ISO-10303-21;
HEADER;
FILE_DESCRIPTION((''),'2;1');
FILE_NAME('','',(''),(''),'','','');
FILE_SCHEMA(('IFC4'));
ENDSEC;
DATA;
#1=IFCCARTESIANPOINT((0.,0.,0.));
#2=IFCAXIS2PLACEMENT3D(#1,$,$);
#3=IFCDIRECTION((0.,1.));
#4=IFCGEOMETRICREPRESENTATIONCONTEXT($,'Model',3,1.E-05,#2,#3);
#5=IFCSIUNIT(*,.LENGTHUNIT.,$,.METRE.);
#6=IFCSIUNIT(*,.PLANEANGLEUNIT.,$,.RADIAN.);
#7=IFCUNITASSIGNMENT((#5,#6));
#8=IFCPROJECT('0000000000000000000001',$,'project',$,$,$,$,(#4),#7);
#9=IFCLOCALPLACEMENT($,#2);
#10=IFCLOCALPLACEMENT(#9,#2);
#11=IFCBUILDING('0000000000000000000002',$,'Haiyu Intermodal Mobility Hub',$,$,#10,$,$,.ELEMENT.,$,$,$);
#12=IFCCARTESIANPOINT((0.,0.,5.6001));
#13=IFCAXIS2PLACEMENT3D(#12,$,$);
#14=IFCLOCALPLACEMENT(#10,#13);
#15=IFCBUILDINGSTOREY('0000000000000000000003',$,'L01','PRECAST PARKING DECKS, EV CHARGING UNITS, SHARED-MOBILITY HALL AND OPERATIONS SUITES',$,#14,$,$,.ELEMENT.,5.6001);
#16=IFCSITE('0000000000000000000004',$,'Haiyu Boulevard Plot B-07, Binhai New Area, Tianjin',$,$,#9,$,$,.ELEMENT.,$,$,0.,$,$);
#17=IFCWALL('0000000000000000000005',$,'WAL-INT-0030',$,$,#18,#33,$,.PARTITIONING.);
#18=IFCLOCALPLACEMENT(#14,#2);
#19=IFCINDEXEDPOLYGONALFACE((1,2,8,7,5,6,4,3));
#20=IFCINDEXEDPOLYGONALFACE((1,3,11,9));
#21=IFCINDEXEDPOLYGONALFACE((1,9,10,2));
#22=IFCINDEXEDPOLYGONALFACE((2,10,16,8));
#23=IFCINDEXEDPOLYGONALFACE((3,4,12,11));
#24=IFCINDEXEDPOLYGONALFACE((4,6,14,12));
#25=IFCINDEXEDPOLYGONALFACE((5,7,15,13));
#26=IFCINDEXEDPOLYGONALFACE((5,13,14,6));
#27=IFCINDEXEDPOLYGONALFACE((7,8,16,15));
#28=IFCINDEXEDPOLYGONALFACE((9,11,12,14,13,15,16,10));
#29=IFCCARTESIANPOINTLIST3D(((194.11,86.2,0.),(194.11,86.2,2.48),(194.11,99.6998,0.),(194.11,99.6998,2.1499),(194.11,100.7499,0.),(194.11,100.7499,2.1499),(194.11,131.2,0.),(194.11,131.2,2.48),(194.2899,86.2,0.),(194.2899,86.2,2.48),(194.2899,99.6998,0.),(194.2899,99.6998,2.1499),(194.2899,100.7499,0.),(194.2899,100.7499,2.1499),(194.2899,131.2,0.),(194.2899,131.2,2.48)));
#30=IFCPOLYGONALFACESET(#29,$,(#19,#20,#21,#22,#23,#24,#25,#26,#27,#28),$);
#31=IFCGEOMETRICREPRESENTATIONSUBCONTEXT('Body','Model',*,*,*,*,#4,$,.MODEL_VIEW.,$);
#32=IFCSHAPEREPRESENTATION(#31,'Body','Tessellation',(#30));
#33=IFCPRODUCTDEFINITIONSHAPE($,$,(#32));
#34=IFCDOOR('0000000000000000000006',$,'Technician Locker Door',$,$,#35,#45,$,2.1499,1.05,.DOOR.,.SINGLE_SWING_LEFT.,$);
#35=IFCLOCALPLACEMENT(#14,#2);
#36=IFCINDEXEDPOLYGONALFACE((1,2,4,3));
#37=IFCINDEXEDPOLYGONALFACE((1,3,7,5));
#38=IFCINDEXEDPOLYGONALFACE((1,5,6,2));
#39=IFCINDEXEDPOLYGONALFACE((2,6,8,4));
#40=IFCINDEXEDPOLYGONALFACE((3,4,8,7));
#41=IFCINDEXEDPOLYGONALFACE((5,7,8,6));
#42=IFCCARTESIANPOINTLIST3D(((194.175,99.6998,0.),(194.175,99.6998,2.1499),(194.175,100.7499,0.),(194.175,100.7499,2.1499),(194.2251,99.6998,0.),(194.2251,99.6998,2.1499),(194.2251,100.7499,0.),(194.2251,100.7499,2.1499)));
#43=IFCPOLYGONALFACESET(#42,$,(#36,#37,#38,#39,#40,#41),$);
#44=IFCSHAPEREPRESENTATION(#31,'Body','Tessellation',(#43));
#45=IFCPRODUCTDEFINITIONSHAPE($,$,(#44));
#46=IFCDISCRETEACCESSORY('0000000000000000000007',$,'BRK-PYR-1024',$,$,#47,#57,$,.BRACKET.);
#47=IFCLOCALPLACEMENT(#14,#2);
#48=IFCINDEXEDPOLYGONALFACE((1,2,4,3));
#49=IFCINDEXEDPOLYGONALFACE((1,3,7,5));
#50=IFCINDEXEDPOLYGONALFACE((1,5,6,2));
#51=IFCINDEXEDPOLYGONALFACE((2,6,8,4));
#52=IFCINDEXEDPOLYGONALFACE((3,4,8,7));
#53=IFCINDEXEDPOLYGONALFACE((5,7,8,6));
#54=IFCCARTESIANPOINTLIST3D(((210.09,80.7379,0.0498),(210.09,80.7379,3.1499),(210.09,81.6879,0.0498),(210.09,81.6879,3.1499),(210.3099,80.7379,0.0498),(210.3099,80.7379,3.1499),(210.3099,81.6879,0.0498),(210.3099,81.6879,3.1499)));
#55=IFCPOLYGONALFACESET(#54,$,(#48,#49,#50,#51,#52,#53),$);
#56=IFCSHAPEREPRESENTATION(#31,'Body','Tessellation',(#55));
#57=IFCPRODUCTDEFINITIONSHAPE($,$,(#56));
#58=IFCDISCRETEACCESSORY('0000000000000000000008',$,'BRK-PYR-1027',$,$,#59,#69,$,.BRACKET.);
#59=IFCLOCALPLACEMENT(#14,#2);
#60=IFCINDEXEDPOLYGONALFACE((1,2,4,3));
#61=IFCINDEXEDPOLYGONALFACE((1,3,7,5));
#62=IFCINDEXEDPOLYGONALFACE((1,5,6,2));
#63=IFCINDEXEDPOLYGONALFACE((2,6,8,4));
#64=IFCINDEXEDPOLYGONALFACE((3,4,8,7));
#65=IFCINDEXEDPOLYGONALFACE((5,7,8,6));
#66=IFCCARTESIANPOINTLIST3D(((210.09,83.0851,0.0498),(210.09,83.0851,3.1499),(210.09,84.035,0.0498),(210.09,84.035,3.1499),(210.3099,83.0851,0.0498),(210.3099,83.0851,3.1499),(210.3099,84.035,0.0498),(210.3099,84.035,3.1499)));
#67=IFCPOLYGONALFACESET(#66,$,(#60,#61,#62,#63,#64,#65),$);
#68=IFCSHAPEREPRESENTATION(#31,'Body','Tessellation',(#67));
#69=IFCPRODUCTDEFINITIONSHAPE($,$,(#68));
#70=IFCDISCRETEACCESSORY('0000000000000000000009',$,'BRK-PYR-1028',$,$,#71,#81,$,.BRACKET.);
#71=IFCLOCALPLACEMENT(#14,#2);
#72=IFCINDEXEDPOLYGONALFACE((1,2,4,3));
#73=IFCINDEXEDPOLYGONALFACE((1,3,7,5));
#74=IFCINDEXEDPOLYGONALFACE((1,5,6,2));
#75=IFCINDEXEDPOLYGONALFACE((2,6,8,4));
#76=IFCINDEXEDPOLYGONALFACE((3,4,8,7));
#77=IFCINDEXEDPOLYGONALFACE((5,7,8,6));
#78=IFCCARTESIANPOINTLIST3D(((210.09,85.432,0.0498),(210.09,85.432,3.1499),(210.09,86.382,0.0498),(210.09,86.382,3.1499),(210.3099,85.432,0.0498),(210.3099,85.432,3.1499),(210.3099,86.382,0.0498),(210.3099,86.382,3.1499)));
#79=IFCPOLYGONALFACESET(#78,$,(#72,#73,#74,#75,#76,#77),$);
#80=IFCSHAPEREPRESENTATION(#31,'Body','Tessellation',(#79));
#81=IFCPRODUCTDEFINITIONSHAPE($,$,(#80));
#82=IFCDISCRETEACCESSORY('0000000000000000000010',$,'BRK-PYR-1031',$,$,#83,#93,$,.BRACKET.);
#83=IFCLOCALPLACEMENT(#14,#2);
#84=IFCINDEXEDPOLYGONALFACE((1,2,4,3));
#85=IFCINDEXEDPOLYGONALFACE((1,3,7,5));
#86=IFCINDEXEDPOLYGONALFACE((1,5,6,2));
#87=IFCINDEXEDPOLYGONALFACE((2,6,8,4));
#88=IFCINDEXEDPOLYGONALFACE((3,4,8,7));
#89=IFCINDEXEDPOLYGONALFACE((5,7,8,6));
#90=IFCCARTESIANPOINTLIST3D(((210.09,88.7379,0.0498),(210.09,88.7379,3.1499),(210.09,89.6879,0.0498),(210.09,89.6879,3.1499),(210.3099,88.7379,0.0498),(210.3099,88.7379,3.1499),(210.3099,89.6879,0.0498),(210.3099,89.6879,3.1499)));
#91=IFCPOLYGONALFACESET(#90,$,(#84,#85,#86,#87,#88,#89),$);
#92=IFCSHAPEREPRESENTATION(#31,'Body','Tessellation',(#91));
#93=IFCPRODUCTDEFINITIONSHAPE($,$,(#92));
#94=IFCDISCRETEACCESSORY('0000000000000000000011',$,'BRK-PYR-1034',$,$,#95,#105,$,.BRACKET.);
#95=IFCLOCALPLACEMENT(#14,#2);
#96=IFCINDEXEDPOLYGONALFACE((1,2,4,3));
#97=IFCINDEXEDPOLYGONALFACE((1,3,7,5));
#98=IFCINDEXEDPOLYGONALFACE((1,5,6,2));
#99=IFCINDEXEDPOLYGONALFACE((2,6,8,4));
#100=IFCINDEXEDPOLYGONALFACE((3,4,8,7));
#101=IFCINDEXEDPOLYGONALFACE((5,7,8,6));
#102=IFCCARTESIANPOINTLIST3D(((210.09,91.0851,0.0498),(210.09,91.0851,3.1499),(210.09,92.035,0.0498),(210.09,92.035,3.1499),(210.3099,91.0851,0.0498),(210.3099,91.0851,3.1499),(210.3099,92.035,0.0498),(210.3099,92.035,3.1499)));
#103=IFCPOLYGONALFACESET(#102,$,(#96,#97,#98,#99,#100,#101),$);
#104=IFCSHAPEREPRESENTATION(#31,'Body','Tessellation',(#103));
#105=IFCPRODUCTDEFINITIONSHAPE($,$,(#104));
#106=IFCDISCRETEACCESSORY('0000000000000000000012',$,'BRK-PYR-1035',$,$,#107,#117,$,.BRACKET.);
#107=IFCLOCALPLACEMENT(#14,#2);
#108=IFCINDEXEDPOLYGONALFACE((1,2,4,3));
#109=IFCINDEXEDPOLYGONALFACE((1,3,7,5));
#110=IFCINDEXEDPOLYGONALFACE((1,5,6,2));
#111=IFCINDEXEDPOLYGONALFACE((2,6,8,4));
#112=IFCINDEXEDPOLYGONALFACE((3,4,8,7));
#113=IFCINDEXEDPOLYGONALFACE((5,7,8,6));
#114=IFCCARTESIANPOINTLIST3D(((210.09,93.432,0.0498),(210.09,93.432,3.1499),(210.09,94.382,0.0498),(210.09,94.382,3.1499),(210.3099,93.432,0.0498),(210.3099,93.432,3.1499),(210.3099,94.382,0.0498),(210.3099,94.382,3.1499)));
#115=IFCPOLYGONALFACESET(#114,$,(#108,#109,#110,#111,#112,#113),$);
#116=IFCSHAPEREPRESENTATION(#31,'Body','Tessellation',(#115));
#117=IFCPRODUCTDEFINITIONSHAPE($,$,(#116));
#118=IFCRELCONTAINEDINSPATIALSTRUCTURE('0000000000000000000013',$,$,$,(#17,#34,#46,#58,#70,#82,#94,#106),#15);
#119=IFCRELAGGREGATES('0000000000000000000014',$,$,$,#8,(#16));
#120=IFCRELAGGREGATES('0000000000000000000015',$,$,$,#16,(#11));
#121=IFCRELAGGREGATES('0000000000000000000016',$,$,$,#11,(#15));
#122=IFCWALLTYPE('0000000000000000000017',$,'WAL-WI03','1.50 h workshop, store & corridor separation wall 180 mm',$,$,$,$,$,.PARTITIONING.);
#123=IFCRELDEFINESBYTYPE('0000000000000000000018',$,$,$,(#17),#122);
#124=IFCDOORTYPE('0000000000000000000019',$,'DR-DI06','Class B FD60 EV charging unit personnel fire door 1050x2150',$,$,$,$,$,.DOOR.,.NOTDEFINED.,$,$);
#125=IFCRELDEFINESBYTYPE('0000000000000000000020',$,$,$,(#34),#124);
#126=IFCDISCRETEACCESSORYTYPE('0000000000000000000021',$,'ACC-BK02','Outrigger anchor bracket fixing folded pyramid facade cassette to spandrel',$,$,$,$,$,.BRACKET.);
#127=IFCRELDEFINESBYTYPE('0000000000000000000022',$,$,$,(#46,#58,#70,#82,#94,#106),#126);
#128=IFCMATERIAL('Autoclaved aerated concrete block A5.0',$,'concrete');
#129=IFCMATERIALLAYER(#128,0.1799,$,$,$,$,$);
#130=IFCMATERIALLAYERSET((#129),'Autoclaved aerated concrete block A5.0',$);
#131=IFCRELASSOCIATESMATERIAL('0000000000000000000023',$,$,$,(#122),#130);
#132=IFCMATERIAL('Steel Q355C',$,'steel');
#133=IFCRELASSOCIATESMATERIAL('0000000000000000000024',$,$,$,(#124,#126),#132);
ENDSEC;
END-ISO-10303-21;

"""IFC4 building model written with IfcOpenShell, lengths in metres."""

from ifc_helpers import new_model, si_unit, direction, frame, frame_2d, origin, origin_2d, place, context, subcontext, project, spatial, rectangle, extrude, material, layer, layer_set, type_object, element, fill, save


model = new_model("IFC4")

# Units and contexts
model_context = context("Model", 3, precision=1e-05, world=origin(), true_north=direction((0.0, 1.0)))
body_context = subcontext(model_context, "Body", "Model", "MODEL_VIEW")
ifc_project = project(units=[si_unit("LENGTHUNIT", "METRE"), si_unit("PLANEANGLEUNIT", "RADIAN")], contexts=[model_context])

# Site, building, storey
site_placement = place(None, origin())
site = spatial("IfcSite", under=ifc_project, at=site_placement, Name="Haiyu Boulevard Plot B-07, Binhai New Area, Tianjin", CompositionType="ELEMENT", RefElevation=0.0)
building_placement = place(site_placement, origin())
building = spatial("IfcBuilding", under=site, at=building_placement, Name="Haiyu Intermodal Mobility Hub", CompositionType="ELEMENT")
storey_placement = place(building_placement, frame((0.0, 0.0, 5.6001)))
storey = spatial("IfcBuildingStorey", under=building, at=storey_placement, Name="L01", Description="PRECAST PARKING DECKS, EV CHARGING UNITS, SHARED-MOBILITY HALL AND OPERATIONS SUITES", CompositionType="ELEMENT", Elevation=5.6001)

# Shared definitions
ifc_material_1 = material(Name="Autoclaved aerated concrete block A5.0", Category="concrete")
ifc_material_2 = material(Name="Steel Q355C", Category="steel")

# Wall, opening, door
ifc_layer_1 = layer(ifc_material_1, 0.1799)
ifc_layer_set_1 = layer_set([ifc_layer_1], Name="Autoclaved aerated concrete block A5.0")
wall_type_1 = type_object("IfcWallType", Name="WAL-WI03", Description="1.50 h workshop, store & corridor separation wall 180 mm", PredefinedType="PARTITIONING", material=ifc_layer_set_1)
wall_1_placement = place(storey_placement, frame((194.2, 86.2, 0.0), z_axis=(0.0, 0.0, 1.0), x_axis=(0.0, 1.0, 0.0)))
wall_1 = element("IfcWall", 1, at=wall_1_placement, inside=storey, type_object=wall_type_1, Name="WAL-INT-0030", PredefinedType="PARTITIONING", context=body_context, shape_type="SweptSolid", body=[
    extrude(rectangle(XDim=45.0, YDim=0.1799, at=frame_2d((22.5, 0.0))), origin(), (0.0, 0.0, 1.0), 2.48),
])
opening_1_placement = place(wall_1_placement, frame((13.5, 0.0, 0.0)))
opening_1 = element("IfcOpeningElement", 2, at=opening_1_placement, cuts=wall_1, PredefinedType="OPENING", context=body_context, shape_type="SweptSolid", body=[
    extrude(rectangle(XDim=1.05, YDim=2.1499, at=frame_2d((0.5249, 1.075))), frame((0.0, 0.1001, 0.0), z_axis=(0.0, -1.0, 0.0), x_axis=(1.0, 0.0, 0.0)), (0.0, 0.0, 1.0), 0.2),
])
door_type_1 = type_object("IfcDoorType", Name="DR-DI06", Description="Class B FD60 EV charging unit personnel fire door 1050x2150", OperationType="NOTDEFINED", PredefinedType="DOOR", material=ifc_material_2)
door_1_placement = place(opening_1_placement, origin())
door_1 = element("IfcDoor", 3, at=door_1_placement, inside=storey, type_object=door_type_1, Name="Technician Locker Door", OperationType="SINGLE_SWING_LEFT", OverallHeight=2.1499, OverallWidth=1.05, PredefinedType="DOOR", context=body_context, shape_type="SweptSolid", body=[
    extrude(rectangle(XDim=1.05, YDim=2.1499, at=frame_2d((0.5249, 1.075))), frame((0.0, 0.0249, 0.0), z_axis=(0.0, -1.0, 0.0), x_axis=(1.0, 0.0, 0.0)), (0.0, 0.0, 1.0), 0.05),
])
fill(opening_1, door_1)

# Discrete accessories
discrete_accessory_type = type_object("IfcDiscreteAccessoryType", Name="ACC-BK02", Description="Outrigger anchor bracket fixing folded pyramid facade cassette to spandrel", PredefinedType="BRACKET", material=ifc_material_2)
for number, where, z_axis, x_axis, name in (
    (4, (210.2, 81.2129, 0.0498), (0.0, 0.0, 1.0), (1.0, 0.0, 0.0), "BRK-PYR-1024"),
    (5, (210.2, 83.5601, 0.0498), (0.0, 0.0, 1.0), (1.0, 0.0, 0.0), "BRK-PYR-1027"),
    (6, (210.2, 85.907, 0.0498), (0.0, 0.0, 1.0), (1.0, 0.0, 0.0), "BRK-PYR-1028"),
    (7, (210.2, 89.2129, 0.0498), (0.0, 0.0, 1.0), (1.0, 0.0, 0.0), "BRK-PYR-1031"),
    (8, (210.2, 91.5601, 0.0498), (0.0, 0.0, 1.0), (1.0, 0.0, 0.0), "BRK-PYR-1034"),
    (9, (210.2, 93.907, 0.0498), (0.0, 0.0, 1.0), (1.0, 0.0, 0.0), "BRK-PYR-1035"),
):
    element("IfcDiscreteAccessory", number, at=place(storey_placement, frame(where, z_axis=z_axis, x_axis=x_axis)), inside=storey, type_object=discrete_accessory_type, Name=name, PredefinedType="BRACKET", context=body_context, shape_type="SweptSolid", body=[
        extrude(rectangle(XDim=0.22, YDim=0.95, at=origin_2d()), origin(), (0.0, 0.0, 1.0), 3.1001),
    ])

save(model, "model.ifc")
